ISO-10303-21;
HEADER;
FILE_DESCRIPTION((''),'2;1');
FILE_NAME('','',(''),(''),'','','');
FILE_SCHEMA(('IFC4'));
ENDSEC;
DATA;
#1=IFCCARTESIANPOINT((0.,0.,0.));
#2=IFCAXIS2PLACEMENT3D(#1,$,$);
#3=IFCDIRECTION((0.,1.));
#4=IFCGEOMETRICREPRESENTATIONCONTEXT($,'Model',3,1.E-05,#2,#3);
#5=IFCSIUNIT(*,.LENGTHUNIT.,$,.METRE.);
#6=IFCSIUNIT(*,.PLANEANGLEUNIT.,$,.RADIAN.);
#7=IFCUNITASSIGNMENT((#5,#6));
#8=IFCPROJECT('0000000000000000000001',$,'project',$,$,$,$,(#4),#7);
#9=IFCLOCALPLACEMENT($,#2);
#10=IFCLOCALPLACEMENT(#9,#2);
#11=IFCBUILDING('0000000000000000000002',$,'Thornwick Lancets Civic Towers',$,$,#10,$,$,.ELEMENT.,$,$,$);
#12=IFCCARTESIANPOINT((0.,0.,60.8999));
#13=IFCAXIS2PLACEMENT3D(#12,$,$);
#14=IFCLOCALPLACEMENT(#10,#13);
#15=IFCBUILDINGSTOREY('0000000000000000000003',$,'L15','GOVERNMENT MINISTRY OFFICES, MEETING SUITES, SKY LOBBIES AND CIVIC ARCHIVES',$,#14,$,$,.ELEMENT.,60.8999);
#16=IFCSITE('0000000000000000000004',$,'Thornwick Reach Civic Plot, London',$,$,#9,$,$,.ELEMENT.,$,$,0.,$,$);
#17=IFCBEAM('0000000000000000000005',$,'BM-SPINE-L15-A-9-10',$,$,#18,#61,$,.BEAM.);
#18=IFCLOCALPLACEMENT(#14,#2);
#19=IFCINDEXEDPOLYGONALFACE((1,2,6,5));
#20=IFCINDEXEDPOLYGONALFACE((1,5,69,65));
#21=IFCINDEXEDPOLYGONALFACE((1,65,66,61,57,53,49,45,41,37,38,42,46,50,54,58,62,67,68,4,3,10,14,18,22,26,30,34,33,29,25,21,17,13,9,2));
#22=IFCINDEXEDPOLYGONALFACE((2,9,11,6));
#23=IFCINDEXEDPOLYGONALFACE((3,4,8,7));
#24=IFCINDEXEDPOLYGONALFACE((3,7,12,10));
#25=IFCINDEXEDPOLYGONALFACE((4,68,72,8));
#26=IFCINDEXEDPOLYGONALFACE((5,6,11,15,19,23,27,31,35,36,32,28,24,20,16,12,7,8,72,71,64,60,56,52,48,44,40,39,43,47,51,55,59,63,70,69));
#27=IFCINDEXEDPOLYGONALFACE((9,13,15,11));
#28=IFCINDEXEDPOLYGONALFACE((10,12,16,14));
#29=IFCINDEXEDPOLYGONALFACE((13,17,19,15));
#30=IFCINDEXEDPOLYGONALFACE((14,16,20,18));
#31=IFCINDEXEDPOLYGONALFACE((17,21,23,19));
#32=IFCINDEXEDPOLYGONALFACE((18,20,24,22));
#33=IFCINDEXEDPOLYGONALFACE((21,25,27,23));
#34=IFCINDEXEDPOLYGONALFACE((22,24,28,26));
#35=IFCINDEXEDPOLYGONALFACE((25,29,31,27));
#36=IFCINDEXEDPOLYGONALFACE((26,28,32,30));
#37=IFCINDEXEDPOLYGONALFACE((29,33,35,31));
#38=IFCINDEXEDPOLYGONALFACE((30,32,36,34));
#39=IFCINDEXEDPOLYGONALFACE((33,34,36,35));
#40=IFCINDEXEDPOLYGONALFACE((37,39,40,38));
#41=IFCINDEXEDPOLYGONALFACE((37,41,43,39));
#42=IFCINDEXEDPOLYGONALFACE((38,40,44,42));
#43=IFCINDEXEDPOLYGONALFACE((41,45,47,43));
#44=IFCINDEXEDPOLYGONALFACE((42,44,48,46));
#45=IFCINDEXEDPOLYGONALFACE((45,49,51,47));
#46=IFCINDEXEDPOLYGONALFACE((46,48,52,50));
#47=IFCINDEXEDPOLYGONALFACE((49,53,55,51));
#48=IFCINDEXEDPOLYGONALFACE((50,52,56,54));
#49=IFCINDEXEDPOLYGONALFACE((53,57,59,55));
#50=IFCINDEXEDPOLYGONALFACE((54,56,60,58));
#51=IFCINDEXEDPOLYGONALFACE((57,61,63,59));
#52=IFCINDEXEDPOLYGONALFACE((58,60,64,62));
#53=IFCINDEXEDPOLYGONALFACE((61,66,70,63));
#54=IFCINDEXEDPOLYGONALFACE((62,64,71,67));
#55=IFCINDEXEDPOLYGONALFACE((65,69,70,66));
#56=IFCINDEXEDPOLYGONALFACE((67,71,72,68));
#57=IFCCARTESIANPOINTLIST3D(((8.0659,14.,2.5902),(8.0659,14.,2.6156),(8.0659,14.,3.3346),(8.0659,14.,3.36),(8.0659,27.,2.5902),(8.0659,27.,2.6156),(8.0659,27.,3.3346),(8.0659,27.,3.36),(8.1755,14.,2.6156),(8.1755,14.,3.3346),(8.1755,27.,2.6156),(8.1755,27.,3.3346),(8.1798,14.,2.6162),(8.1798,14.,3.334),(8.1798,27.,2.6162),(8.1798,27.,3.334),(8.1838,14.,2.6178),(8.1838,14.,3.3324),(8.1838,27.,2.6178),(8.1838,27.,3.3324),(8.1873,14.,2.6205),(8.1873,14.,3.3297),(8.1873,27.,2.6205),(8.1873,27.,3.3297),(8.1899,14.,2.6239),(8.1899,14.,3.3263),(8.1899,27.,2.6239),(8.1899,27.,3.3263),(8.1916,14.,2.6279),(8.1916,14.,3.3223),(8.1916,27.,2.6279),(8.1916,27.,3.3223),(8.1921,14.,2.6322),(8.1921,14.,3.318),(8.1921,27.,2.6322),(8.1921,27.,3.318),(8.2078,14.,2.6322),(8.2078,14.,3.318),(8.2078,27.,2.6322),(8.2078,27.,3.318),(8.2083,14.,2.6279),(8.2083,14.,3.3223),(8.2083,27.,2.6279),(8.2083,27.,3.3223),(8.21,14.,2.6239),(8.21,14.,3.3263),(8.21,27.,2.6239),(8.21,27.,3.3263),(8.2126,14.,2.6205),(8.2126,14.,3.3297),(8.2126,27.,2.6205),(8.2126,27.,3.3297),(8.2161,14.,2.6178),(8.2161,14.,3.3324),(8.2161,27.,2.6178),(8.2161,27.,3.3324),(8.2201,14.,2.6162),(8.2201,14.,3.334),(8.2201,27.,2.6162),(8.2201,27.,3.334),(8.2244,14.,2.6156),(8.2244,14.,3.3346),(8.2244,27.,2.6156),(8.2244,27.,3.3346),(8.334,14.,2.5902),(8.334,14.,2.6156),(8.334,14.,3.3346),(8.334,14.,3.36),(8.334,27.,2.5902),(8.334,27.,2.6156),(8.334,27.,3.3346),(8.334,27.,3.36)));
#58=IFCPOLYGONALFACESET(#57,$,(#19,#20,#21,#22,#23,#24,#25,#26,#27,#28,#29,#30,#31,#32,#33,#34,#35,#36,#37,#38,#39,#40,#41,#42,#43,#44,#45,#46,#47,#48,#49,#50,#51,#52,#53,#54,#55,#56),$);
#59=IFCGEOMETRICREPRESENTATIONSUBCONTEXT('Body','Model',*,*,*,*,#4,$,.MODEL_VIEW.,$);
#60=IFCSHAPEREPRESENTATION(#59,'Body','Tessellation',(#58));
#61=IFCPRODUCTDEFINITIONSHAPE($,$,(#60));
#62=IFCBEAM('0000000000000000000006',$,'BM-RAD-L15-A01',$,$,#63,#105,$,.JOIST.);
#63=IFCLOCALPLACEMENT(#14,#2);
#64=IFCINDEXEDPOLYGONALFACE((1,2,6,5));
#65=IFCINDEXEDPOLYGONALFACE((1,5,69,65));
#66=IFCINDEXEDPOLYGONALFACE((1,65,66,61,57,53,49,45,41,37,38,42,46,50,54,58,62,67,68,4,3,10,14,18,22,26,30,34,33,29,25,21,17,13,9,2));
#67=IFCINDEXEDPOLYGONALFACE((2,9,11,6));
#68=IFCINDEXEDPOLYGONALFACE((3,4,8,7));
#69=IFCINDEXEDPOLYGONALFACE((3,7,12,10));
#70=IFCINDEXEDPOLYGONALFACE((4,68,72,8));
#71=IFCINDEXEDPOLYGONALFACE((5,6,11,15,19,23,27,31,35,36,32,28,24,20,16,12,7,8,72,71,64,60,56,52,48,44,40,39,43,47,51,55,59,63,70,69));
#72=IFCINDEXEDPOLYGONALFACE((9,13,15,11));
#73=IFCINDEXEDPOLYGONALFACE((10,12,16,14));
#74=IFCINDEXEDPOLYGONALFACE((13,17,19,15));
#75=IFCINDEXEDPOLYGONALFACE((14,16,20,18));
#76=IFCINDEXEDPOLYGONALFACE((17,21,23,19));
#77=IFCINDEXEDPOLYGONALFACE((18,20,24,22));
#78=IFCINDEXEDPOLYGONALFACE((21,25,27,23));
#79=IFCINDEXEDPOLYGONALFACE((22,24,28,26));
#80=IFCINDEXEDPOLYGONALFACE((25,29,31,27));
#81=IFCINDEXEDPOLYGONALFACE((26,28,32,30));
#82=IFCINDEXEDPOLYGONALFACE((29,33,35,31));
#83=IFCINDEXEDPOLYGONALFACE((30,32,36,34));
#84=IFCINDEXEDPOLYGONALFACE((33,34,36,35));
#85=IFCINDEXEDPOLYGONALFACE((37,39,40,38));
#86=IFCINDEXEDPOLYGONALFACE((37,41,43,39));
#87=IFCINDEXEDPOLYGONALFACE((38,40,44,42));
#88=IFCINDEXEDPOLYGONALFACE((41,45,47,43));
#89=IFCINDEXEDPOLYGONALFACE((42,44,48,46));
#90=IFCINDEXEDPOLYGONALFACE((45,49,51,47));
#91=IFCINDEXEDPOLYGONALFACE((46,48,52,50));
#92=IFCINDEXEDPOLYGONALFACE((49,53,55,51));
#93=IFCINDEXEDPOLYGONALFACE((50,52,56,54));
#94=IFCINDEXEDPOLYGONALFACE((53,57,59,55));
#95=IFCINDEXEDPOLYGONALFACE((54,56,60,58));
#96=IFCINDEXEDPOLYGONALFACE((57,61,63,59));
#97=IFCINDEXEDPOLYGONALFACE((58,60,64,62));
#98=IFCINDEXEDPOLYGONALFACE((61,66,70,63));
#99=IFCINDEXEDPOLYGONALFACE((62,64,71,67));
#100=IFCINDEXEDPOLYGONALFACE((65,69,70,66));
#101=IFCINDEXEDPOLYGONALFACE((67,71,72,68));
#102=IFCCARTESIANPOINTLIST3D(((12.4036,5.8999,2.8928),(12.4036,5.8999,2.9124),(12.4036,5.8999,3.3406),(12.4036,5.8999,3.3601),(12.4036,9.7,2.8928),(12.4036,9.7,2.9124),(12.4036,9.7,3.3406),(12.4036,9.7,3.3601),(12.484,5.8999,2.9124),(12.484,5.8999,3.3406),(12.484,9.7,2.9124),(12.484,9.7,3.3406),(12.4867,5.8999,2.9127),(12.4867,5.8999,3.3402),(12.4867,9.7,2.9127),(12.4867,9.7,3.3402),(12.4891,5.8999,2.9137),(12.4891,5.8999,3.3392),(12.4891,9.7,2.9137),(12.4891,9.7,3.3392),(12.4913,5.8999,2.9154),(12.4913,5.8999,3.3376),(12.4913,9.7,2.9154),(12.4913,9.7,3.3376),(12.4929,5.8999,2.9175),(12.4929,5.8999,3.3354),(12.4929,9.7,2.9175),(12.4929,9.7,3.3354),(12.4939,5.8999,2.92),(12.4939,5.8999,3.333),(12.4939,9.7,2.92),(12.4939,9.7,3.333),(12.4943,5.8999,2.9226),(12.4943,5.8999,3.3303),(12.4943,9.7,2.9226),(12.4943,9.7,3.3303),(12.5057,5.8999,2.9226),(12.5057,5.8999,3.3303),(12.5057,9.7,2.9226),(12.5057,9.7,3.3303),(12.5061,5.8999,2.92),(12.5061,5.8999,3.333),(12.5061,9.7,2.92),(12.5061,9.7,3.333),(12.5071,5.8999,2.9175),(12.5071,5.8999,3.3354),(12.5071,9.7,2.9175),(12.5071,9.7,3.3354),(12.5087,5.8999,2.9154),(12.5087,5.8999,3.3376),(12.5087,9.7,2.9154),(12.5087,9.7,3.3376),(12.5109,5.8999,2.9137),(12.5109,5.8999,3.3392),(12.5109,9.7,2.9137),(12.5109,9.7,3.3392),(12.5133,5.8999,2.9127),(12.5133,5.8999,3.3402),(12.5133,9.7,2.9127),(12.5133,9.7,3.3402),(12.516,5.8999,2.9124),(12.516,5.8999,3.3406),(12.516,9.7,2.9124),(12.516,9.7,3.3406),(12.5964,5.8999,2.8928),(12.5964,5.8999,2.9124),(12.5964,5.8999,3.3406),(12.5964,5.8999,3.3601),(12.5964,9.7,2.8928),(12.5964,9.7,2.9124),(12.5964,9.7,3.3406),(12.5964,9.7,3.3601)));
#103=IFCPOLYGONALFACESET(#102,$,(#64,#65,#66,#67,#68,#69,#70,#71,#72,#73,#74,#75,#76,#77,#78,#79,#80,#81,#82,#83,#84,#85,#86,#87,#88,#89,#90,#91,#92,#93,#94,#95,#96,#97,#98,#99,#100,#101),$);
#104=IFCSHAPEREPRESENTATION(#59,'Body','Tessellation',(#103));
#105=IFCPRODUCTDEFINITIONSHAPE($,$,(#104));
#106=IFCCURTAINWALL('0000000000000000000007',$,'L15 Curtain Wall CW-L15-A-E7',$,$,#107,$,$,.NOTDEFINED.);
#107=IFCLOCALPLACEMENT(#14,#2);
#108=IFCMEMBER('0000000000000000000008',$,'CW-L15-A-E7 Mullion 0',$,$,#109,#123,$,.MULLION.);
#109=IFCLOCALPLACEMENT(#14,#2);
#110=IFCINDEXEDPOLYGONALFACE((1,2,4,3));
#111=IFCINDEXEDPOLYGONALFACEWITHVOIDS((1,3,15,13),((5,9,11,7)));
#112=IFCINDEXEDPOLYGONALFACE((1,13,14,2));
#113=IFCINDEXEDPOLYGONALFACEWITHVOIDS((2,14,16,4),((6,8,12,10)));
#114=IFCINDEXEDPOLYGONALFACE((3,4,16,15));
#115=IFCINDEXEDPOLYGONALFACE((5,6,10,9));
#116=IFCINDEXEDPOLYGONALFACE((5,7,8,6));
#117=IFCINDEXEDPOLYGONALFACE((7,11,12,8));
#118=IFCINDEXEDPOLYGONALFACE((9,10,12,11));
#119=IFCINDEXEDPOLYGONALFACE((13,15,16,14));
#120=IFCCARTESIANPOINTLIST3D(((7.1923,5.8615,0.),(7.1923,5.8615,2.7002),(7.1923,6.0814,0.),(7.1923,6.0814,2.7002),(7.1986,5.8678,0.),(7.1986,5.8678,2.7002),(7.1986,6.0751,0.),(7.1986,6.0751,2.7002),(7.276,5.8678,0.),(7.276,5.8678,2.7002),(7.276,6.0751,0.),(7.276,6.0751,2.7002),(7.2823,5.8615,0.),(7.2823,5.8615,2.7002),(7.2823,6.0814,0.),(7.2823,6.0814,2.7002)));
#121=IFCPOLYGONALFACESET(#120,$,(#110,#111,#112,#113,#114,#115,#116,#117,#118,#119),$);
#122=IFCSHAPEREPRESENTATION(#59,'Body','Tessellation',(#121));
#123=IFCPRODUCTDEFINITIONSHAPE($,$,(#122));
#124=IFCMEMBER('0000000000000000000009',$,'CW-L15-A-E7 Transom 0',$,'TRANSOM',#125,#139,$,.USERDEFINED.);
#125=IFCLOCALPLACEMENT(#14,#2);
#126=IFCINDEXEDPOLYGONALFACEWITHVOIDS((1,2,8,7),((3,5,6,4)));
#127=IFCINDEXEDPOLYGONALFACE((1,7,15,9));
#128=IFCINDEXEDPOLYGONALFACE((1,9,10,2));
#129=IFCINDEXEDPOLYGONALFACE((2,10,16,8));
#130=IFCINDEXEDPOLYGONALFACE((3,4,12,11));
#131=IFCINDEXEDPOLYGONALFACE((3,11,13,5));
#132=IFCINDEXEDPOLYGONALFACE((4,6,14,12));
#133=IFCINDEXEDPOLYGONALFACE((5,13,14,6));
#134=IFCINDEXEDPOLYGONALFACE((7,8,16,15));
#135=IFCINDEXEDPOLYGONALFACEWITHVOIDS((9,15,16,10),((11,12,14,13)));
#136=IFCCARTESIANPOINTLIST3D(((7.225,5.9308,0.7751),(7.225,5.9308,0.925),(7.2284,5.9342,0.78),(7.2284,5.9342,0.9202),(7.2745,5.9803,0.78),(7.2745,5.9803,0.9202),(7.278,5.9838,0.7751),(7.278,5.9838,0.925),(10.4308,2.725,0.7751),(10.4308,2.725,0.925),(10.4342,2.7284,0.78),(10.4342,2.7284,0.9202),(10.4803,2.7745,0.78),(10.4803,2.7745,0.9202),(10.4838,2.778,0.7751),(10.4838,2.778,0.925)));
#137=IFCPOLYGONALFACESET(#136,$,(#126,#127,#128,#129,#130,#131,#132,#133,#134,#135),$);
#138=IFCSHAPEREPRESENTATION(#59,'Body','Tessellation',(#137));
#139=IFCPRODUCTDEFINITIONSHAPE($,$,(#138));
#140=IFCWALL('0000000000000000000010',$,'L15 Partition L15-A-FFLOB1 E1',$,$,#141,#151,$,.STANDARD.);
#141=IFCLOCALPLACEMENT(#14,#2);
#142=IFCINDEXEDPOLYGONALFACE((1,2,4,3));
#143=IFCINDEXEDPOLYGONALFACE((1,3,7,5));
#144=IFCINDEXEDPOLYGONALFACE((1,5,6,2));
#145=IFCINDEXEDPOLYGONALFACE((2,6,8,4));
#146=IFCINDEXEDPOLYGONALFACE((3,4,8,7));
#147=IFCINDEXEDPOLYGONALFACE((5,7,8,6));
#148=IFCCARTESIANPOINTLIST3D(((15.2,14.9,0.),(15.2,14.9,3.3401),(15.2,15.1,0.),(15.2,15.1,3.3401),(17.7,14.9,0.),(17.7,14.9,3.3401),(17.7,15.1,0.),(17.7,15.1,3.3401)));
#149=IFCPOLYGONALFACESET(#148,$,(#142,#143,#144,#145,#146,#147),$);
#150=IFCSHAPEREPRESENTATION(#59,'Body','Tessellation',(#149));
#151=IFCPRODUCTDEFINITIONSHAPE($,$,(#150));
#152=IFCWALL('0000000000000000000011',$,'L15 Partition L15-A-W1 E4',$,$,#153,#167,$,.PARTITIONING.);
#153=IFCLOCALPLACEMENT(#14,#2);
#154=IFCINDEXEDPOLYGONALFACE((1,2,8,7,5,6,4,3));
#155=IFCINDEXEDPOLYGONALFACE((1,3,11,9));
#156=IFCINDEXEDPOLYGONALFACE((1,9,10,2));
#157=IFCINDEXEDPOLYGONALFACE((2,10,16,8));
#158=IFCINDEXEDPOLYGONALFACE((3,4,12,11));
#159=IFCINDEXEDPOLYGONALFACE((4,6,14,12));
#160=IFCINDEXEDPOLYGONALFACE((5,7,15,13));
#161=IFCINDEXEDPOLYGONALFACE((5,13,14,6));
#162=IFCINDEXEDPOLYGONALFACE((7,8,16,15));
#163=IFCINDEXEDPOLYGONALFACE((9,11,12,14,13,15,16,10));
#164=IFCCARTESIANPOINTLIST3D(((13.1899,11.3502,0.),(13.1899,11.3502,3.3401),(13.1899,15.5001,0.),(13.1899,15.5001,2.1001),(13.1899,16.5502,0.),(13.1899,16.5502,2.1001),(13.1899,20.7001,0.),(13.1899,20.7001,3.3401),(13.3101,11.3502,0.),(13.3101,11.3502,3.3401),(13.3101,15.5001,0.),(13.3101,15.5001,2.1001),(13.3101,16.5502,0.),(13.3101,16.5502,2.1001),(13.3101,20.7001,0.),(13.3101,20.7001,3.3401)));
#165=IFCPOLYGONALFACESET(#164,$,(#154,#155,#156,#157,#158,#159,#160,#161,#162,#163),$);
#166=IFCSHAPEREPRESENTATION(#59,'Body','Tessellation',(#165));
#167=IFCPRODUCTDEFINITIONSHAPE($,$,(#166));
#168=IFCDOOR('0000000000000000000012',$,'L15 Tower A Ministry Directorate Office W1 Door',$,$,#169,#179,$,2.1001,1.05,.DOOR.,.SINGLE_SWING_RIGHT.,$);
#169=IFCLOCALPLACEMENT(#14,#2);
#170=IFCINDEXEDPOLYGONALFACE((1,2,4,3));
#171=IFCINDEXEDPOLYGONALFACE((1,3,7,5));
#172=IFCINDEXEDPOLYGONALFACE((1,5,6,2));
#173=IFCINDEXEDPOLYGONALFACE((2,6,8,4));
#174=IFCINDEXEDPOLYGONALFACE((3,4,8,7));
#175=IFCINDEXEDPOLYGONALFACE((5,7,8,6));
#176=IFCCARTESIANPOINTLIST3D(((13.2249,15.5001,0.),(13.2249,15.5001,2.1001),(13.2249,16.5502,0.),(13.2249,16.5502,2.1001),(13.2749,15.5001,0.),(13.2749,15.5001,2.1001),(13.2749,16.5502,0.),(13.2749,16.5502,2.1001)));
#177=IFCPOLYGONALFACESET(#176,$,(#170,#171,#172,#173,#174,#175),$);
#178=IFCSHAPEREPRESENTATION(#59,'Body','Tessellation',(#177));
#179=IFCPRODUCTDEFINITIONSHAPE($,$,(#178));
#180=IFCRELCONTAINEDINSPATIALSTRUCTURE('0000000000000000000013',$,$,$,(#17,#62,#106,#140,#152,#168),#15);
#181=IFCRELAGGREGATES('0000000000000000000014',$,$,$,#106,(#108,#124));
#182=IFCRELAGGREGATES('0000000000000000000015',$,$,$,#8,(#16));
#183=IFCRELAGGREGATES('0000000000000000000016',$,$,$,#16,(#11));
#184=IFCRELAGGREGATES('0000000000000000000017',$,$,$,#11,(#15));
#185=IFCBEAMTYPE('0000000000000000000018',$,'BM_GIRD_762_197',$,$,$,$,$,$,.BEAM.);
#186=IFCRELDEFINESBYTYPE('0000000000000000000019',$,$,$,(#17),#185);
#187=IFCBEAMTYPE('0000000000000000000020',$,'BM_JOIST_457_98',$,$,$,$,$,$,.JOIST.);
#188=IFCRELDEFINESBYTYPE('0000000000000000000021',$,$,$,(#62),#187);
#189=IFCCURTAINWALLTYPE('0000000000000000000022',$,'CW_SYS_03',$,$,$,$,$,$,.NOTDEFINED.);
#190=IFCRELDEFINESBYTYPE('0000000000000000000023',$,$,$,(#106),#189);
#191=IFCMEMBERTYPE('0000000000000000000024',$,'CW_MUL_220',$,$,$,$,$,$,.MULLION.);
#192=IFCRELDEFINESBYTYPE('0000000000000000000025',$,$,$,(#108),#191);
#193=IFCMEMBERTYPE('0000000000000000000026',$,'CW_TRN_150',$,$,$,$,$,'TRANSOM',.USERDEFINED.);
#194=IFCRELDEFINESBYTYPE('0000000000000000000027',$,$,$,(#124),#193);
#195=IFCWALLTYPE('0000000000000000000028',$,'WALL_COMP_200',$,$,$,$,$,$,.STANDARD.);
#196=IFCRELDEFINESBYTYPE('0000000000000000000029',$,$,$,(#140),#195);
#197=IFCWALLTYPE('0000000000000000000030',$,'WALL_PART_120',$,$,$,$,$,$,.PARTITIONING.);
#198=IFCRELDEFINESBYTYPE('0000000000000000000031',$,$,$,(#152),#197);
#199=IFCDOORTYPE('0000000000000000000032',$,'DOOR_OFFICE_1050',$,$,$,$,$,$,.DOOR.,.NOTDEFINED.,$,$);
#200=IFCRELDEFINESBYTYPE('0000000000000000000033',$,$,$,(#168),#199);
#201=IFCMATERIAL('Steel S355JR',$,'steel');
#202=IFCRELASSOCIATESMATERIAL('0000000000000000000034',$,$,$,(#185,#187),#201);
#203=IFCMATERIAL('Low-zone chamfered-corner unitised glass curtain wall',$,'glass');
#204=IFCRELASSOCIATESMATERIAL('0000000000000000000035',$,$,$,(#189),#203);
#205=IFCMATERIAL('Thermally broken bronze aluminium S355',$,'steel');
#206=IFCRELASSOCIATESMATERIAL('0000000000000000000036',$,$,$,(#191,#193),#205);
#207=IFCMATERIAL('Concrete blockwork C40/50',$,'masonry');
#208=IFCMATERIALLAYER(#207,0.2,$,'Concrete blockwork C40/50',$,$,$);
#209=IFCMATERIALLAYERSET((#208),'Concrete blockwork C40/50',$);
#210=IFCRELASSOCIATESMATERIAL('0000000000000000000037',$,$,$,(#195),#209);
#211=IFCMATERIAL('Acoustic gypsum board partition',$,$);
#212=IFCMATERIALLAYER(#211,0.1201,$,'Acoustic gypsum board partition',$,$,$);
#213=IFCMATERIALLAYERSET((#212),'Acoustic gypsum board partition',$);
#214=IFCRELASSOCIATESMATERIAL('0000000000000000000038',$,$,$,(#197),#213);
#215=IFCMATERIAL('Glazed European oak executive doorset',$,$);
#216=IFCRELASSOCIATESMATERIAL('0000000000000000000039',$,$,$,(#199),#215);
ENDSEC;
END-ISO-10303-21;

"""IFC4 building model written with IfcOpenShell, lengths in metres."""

from ifc_helpers import new_model, si_unit, direction, frame, frame_2d, origin, origin_2d, place, context, subcontext, project, spatial, rectangle, hollow_rectangle, i_section, extrude, material, layer, layer_set, material_profile, profile_set, type_object, element, fill, aggregate, save


model = new_model("IFC4")

# Units and contexts
model_context = context("Model", 3, precision=1e-05, world=origin(), true_north=direction((0.0, 1.0)))
body_context = subcontext(model_context, "Body", "Model", "MODEL_VIEW")
ifc_project = project(units=[si_unit("LENGTHUNIT", "METRE"), si_unit("PLANEANGLEUNIT", "RADIAN")], contexts=[model_context])

# Site, building, storey
site_placement = place(None, origin())
site = spatial("IfcSite", under=ifc_project, at=site_placement, Name="Thornwick Reach Civic Plot, London", CompositionType="ELEMENT", RefElevation=0.0)
building_placement = place(site_placement, origin())
building = spatial("IfcBuilding", under=site, at=building_placement, Name="Thornwick Lancets Civic Towers", CompositionType="ELEMENT")
storey_placement = place(building_placement, frame((0.0, 0.0, 60.8999)))
storey = spatial("IfcBuildingStorey", under=building, at=storey_placement, Name="L15", Description="GOVERNMENT MINISTRY OFFICES, MEETING SUITES, SKY LOBBIES AND CIVIC ARCHIVES", CompositionType="ELEMENT", Elevation=60.8999)

# Beams
ifc_material_1 = material(Name="Steel S355JR", Category="steel")
ifc_material_profile_1 = material_profile(ifc_material_1, i_section(OverallWidth=0.2681, OverallDepth=0.7698, WebThickness=0.0156, FlangeThickness=0.0254, FilletRadius=0.0166, at=origin_2d()), Name="UKB 762x267x197")
ifc_profile_set_1 = profile_set([ifc_material_profile_1], Name="Steel S355JR")
beam_type_1 = type_object("IfcBeamType", Name="BM_GIRD_762_197", PredefinedType="BEAM", material=ifc_profile_set_1)
for number, where, z_axis, x_axis, name in (
    (1, (8.2, 14.0, 2.9751), (0.0, 1.0, 0.0), (-1.0, 0.0, 0.0), "BM-SPINE-L15-A-9-10"),
):
    element("IfcBeam", number, at=place(storey_placement, frame(where, z_axis=z_axis, x_axis=x_axis)), inside=storey, type_object=beam_type_1, Name=name, PredefinedType="BEAM", context=body_context, shape_type="SweptSolid", body=[
        extrude(i_section(OverallWidth=0.2681, OverallDepth=0.7698, WebThickness=0.0156, FlangeThickness=0.0254, FilletRadius=0.0166, at=origin_2d()), origin(), (0.0, 0.0, 1.0), 13.0),
    ])
ifc_material_profile_2 = material_profile(ifc_material_1, i_section(OverallWidth=0.1929, OverallDepth=0.4673, WebThickness=0.0115, FlangeThickness=0.0195, FilletRadius=0.0103, at=origin_2d()), Name="UKB 457x191x98")
ifc_profile_set_2 = profile_set([ifc_material_profile_2], Name="Steel S355JR")
beam_type_2 = type_object("IfcBeamType", Name="BM_JOIST_457_98", PredefinedType="JOIST", material=ifc_profile_set_2)
beam_1_placement = place(storey_placement, frame((12.5, 9.7, 3.1265), z_axis=(0.0, -1.0, 0.0), x_axis=(1.0, 0.0, 0.0)))
element("IfcBeam", 2, at=beam_1_placement, inside=storey, type_object=beam_type_2, Name="BM-RAD-L15-A01", PredefinedType="JOIST", context=body_context, shape_type="SweptSolid", body=[
    extrude(i_section(OverallWidth=0.1929, OverallDepth=0.4673, WebThickness=0.0115, FlangeThickness=0.0195, FilletRadius=0.0103, at=origin_2d()), origin(), (0.0, 0.0, 1.0), 3.8),
])

# Curtain wall, members
ifc_material_2 = material(Name="Low-zone chamfered-corner unitised glass curtain wall", Category="glass")
curtain_wall_type = type_object("IfcCurtainWallType", Name="CW_SYS_03", PredefinedType="NOTDEFINED", material=ifc_material_2)
curtain_wall_placement = place(storey_placement, origin())
curtain_wall = element("IfcCurtainWall", 3, at=curtain_wall_placement, inside=storey, type_object=curtain_wall_type, Name="L15 Curtain Wall CW-L15-A-E7", PredefinedType="NOTDEFINED")
ifc_material_3 = material(Name="Thermally broken bronze aluminium S355", Category="steel")
ifc_material_profile_3 = material_profile(ifc_material_3, hollow_rectangle(XDim=0.0901, YDim=0.22, WallThickness=0.0063, at=origin_2d()), Name="RHS 220x90x6.3")
ifc_profile_set_3 = profile_set([ifc_material_profile_3], Name="Thermally broken bronze aluminium S355")
member_type_1 = type_object("IfcMemberType", Name="CW_MUL_220", PredefinedType="MULLION", material=ifc_profile_set_3)
member_1_placement = place(storey_placement, frame((7.2373, 5.9714, 0.0), z_axis=(0.0, 0.0, 1.0), x_axis=(1.0, 0.0, 0.0)))
member_1 = element("IfcMember", 4, at=member_1_placement, type_object=member_type_1, Name="CW-L15-A-E7 Mullion 0", PredefinedType="MULLION", context=body_context, shape_type="SweptSolid", body=[
    extrude(hollow_rectangle(XDim=0.0901, YDim=0.22, WallThickness=0.0063, at=origin_2d()), origin(), (0.0, 0.0, 1.0), 2.7002),
])
ifc_material_profile_4 = material_profile(ifc_material_3, hollow_rectangle(XDim=0.075, YDim=0.1499, WallThickness=0.0049, at=origin_2d()), Name="RHS 150x75x5")
ifc_profile_set_4 = profile_set([ifc_material_profile_4], Name="Thermally broken bronze aluminium S355")
member_type_2 = type_object("IfcMemberType", Name="CW_TRN_150", ElementType="TRANSOM", PredefinedType="USERDEFINED", material=ifc_profile_set_4)
member_2_placement = place(storey_placement, frame((7.2515, 5.9573, 0.8501), z_axis=(0.707107, -0.707107, 0.0), x_axis=(0.707107, 0.707107, 0.0)))
member_2 = element("IfcMember", 5, at=member_2_placement, type_object=member_type_2, Name="CW-L15-A-E7 Transom 0", ObjectType="TRANSOM", PredefinedType="USERDEFINED", context=body_context, shape_type="SweptSolid", body=[
    extrude(hollow_rectangle(XDim=0.075, YDim=0.1499, WallThickness=0.0049, at=origin_2d()), origin(), (0.0, 0.0, 1.0), 4.5337),
])
aggregate(curtain_wall, [member_1, member_2])

# Wall
ifc_material_4 = material(Name="Concrete blockwork C40/50", Category="masonry")
ifc_layer_1 = layer(ifc_material_4, 0.2, Name="Concrete blockwork C40/50")
ifc_layer_set_1 = layer_set([ifc_layer_1], Name="Concrete blockwork C40/50")
wall_type_1 = type_object("IfcWallType", Name="WALL_COMP_200", PredefinedType="STANDARD", material=ifc_layer_set_1)
wall_1_placement = place(storey_placement, frame((15.2, 15.0, 0.0), z_axis=(0.0, 0.0, 1.0), x_axis=(1.0, 0.0, 0.0)))
element("IfcWall", 6, at=wall_1_placement, inside=storey, type_object=wall_type_1, Name="L15 Partition L15-A-FFLOB1 E1", PredefinedType="STANDARD", context=body_context, shape_type="SweptSolid", body=[
    extrude(rectangle(XDim=2.5, YDim=0.2, at=frame_2d((1.25, 0.0))), origin(), (0.0, 0.0, 1.0), 3.3401),
])

# Wall, opening, door
ifc_material_5 = material(Name="Acoustic gypsum board partition")
ifc_layer_2 = layer(ifc_material_5, 0.1201, Name="Acoustic gypsum board partition")
ifc_layer_set_2 = layer_set([ifc_layer_2], Name="Acoustic gypsum board partition")
wall_type_2 = type_object("IfcWallType", Name="WALL_PART_120", PredefinedType="PARTITIONING", material=ifc_layer_set_2)
wall_2_placement = place(storey_placement, frame((13.25, 20.7, 0.0), z_axis=(0.0, 0.0, 1.0), x_axis=(0.0, -1.0, 0.0)))
wall_2 = element("IfcWall", 7, at=wall_2_placement, inside=storey, type_object=wall_type_2, Name="L15 Partition L15-A-W1 E4", PredefinedType="PARTITIONING", context=body_context, shape_type="SweptSolid", body=[
    extrude(rectangle(XDim=9.3499, YDim=0.1201, at=frame_2d((4.6748, 0.0))), origin(), (0.0, 0.0, 1.0), 3.3401),
])
opening_1_placement = place(wall_2_placement, frame((4.1499, 0.0, 0.0)))
opening_1 = element("IfcOpeningElement", 8, at=opening_1_placement, cuts=wall_2, PredefinedType="OPENING", context=body_context, shape_type="SweptSolid", body=[
    extrude(rectangle(XDim=1.05, YDim=2.1001, at=frame_2d((0.5249, 1.05))), frame((0.0, 0.0701, 0.0), z_axis=(0.0, -1.0, 0.0), x_axis=(1.0, 0.0, 0.0)), (0.0, 0.0, 1.0), 0.1401),
])
ifc_material_6 = material(Name="Glazed European oak executive doorset")
door_type = type_object("IfcDoorType", Name="DOOR_OFFICE_1050", OperationType="NOTDEFINED", PredefinedType="DOOR", material=ifc_material_6)
door_1_placement = place(opening_1_placement, origin())
door_1 = element("IfcDoor", 9, at=door_1_placement, inside=storey, type_object=door_type, Name="L15 Tower A Ministry Directorate Office W1 Door", OperationType="SINGLE_SWING_RIGHT", OverallHeight=2.1001, OverallWidth=1.05, PredefinedType="DOOR", context=body_context, shape_type="SweptSolid", body=[
    extrude(rectangle(XDim=1.05, YDim=2.1001, at=frame_2d((0.5249, 1.05))), frame((0.0, 0.0249, 0.0), z_axis=(0.0, -1.0, 0.0), x_axis=(1.0, 0.0, 0.0)), (0.0, 0.0, 1.0), 0.05),
])
fill(opening_1, door_1)

save(model, "model.ifc")
